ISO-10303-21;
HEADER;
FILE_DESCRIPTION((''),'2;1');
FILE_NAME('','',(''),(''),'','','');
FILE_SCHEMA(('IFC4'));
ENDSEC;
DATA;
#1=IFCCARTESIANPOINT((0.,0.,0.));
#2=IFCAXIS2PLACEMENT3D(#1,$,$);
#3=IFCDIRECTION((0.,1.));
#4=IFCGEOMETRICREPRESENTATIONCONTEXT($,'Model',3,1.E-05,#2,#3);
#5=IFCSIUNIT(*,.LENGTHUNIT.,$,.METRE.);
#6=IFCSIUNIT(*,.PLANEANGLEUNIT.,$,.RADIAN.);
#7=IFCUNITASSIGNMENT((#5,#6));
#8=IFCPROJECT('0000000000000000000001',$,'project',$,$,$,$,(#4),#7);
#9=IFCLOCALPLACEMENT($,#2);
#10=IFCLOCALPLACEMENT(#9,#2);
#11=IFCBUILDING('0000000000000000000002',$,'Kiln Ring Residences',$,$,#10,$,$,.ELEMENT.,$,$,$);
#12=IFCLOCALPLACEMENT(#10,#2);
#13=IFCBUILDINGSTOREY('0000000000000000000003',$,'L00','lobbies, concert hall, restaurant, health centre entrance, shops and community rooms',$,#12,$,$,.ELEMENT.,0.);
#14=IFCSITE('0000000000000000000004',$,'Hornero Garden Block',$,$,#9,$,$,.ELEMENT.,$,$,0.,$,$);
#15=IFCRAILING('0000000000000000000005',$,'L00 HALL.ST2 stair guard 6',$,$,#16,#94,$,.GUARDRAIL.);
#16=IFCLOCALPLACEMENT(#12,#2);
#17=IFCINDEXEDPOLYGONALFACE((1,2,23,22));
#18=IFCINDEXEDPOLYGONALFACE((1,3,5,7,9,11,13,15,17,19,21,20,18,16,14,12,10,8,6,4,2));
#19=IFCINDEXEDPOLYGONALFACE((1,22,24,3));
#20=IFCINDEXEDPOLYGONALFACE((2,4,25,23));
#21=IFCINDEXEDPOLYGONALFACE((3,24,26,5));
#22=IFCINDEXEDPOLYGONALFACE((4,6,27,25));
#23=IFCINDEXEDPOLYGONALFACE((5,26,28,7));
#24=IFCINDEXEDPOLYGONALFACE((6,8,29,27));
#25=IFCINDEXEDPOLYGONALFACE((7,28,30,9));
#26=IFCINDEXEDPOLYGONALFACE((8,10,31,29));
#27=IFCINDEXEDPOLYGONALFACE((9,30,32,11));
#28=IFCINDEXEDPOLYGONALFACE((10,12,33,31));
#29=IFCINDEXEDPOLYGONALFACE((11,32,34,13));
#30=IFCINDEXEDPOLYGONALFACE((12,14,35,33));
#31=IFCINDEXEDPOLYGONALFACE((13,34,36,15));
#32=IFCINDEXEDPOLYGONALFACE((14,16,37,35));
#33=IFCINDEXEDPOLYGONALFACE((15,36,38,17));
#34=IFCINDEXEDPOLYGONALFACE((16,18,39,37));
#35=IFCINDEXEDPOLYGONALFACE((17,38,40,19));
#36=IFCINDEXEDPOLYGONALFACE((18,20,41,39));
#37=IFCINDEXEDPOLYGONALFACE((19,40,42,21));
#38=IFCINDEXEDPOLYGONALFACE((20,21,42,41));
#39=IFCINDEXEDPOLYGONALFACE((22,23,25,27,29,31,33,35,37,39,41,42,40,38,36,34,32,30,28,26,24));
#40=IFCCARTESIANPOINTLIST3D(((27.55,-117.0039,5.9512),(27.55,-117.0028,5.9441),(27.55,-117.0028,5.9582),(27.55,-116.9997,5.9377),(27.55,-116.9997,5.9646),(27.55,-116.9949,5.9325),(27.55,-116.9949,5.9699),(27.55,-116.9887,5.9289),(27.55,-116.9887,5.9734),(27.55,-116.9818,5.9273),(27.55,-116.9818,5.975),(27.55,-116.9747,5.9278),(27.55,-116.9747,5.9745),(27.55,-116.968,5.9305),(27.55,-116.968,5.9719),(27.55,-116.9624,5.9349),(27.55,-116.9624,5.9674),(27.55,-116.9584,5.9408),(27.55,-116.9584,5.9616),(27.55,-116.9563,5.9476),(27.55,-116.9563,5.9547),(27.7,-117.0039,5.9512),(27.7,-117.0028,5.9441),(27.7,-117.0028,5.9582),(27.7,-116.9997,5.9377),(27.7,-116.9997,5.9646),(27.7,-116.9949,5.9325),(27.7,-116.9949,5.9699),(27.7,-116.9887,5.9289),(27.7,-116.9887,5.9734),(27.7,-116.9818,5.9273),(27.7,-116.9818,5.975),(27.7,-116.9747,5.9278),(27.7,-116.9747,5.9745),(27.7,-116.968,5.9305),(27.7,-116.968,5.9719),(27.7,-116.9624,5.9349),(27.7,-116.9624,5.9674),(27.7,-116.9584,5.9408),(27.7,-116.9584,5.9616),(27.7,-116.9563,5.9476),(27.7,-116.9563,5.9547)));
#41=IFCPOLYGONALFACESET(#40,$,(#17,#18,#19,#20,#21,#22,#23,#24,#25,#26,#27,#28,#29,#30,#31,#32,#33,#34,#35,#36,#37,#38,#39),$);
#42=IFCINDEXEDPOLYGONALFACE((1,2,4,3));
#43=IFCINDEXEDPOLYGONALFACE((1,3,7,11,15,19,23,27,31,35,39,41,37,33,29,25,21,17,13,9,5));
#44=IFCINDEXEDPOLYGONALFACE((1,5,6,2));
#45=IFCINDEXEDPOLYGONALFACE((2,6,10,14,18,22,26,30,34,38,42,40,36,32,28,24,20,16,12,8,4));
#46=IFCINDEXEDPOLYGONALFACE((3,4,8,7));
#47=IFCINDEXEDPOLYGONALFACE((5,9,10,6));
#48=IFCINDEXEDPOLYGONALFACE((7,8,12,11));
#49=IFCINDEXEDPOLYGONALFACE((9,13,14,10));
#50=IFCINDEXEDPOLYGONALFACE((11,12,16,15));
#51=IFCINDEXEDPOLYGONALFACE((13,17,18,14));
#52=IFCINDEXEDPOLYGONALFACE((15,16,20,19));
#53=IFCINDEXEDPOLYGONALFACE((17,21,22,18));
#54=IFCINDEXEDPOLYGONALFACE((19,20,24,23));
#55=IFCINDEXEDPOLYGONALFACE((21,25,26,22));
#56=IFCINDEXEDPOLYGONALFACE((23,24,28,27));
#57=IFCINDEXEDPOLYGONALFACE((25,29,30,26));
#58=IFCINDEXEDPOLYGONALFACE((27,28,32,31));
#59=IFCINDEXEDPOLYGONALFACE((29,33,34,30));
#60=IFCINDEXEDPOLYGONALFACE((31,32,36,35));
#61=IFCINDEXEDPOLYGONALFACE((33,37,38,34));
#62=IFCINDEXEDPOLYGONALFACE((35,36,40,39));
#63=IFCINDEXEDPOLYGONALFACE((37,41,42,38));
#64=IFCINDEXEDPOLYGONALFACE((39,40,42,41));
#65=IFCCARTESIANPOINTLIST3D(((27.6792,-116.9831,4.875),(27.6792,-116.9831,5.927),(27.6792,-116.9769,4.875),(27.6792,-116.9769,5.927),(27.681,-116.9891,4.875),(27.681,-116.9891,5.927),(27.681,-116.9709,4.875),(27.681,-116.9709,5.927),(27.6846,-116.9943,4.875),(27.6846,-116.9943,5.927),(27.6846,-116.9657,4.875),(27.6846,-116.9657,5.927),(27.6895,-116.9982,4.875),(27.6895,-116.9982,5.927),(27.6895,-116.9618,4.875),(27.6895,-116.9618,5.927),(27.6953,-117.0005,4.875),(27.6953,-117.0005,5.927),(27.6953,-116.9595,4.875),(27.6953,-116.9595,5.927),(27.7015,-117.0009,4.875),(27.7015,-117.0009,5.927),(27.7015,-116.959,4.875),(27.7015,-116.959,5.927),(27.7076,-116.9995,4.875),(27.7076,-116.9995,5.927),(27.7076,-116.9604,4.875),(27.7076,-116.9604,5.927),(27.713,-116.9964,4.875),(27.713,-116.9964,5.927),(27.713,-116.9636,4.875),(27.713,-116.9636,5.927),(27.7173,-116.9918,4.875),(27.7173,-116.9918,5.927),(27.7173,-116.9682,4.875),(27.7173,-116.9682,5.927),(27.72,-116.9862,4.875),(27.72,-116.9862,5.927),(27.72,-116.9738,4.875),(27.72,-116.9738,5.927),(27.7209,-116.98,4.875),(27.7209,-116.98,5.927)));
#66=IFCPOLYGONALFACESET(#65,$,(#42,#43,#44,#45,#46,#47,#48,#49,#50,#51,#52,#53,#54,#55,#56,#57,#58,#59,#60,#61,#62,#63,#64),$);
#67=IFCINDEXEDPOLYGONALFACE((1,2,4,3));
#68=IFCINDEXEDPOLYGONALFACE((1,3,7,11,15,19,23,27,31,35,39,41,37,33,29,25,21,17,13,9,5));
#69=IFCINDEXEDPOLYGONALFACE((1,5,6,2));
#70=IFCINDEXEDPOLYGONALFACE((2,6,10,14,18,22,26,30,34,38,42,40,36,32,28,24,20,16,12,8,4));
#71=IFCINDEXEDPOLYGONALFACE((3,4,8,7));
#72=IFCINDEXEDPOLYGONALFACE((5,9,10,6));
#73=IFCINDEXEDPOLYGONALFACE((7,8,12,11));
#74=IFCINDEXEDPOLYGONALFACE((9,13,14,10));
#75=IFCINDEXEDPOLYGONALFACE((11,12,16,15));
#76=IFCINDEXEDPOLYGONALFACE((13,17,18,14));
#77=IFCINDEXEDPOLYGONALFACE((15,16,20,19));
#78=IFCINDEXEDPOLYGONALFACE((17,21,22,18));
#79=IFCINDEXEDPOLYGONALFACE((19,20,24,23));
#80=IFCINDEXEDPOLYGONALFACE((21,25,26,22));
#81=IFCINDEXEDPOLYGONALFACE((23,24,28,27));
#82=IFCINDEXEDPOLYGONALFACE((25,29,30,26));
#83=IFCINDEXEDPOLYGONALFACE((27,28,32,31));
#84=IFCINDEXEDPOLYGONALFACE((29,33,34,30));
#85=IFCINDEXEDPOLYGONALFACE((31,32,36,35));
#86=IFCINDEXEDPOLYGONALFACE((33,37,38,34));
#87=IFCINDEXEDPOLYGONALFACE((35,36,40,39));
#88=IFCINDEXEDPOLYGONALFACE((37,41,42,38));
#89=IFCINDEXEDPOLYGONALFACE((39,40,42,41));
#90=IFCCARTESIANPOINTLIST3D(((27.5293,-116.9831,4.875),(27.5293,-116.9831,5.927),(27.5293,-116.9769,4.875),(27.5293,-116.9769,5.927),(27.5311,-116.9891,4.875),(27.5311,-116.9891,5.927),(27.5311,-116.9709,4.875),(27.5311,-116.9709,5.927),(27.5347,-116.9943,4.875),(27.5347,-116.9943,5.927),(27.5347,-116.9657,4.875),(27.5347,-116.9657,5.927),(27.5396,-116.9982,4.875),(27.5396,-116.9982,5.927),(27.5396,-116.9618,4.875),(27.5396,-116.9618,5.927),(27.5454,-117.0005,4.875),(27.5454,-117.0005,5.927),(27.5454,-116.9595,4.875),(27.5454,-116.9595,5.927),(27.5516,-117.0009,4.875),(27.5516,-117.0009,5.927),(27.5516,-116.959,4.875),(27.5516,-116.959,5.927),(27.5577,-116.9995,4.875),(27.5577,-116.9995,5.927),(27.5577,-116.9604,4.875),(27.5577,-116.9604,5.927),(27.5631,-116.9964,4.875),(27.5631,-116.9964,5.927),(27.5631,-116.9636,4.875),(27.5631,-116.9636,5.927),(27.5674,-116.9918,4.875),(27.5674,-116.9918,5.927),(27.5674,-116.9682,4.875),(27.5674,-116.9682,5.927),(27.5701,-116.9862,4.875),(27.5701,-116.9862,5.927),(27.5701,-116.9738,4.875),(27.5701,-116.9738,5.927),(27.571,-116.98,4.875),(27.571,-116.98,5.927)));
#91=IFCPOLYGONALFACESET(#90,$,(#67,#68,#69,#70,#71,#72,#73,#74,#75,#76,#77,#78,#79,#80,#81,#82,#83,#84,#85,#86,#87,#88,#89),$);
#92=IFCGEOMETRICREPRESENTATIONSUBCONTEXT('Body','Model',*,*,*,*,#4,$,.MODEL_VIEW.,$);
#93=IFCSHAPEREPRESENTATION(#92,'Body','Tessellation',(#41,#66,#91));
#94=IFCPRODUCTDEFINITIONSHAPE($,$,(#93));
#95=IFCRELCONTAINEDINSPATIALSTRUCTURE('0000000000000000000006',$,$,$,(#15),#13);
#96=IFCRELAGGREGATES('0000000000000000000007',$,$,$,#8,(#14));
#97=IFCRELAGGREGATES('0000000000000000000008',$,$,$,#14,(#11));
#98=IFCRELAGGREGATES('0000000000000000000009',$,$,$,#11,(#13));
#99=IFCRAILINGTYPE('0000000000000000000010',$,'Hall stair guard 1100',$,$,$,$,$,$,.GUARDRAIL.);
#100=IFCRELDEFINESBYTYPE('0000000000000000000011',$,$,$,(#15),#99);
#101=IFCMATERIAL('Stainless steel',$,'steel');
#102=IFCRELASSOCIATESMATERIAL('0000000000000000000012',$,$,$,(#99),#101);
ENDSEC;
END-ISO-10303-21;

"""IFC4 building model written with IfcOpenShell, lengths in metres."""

from ifc_helpers import new_model, si_unit, direction, frame, origin, origin_2d, place, context, subcontext, project, spatial, circle, extrude, material, type_object, element, save


model = new_model("IFC4")

# Units and contexts
model_context = context("Model", 3, precision=1e-05, world=origin(), true_north=direction((0.0, 1.0)))
body_context = subcontext(model_context, "Body", "Model", "MODEL_VIEW")
ifc_project = project(units=[si_unit("LENGTHUNIT", "METRE"), si_unit("PLANEANGLEUNIT", "RADIAN")], contexts=[model_context])

# Site, building, storey
site_placement = place(None, origin())
site = spatial("IfcSite", under=ifc_project, at=site_placement, Name="Hornero Garden Block", CompositionType="ELEMENT", RefElevation=0.0)
building_placement = place(site_placement, origin())
building = spatial("IfcBuilding", under=site, at=building_placement, Name="Kiln Ring Residences", CompositionType="ELEMENT")
storey_placement = place(building_placement, origin())
storey = spatial("IfcBuildingStorey", under=building, at=storey_placement, Name="L00", Description="lobbies, concert hall, restaurant, health centre entrance, shops and community rooms", CompositionType="ELEMENT", Elevation=0.0)

# Railing
ifc_material_1 = material(Name="Stainless steel", Category="steel")
railing_type_1 = type_object("IfcRailingType", Name="Hall stair guard 1100", PredefinedType="GUARDRAIL", material=ifc_material_1)
railing_1_placement = place(storey_placement, frame((27.7, -116.98, 4.875)))
element("IfcRailing", 1, at=railing_1_placement, inside=storey, type_object=railing_type_1, Name="L00 HALL.ST2 stair guard 6", PredefinedType="GUARDRAIL", context=body_context, shape_type="SweptSolid", body=[
    extrude(circle(Radius=0.0239, at=origin_2d()), frame((0.0, 0.0, 1.0762), z_axis=(-1.0, 0.0, 0.0), x_axis=(0.0, -1.0, 0.0)), (0.0, 0.0, 1.0), 0.1499),
    extrude(circle(Radius=0.021, at=origin_2d()), origin(), (0.0, 0.0, 1.0), 1.052),
    extrude(circle(Radius=0.021, at=origin_2d()), frame((-0.1499, 0.0, 0.0)), (0.0, 0.0, 1.0), 1.052),
])

save(model, "model.ifc")
